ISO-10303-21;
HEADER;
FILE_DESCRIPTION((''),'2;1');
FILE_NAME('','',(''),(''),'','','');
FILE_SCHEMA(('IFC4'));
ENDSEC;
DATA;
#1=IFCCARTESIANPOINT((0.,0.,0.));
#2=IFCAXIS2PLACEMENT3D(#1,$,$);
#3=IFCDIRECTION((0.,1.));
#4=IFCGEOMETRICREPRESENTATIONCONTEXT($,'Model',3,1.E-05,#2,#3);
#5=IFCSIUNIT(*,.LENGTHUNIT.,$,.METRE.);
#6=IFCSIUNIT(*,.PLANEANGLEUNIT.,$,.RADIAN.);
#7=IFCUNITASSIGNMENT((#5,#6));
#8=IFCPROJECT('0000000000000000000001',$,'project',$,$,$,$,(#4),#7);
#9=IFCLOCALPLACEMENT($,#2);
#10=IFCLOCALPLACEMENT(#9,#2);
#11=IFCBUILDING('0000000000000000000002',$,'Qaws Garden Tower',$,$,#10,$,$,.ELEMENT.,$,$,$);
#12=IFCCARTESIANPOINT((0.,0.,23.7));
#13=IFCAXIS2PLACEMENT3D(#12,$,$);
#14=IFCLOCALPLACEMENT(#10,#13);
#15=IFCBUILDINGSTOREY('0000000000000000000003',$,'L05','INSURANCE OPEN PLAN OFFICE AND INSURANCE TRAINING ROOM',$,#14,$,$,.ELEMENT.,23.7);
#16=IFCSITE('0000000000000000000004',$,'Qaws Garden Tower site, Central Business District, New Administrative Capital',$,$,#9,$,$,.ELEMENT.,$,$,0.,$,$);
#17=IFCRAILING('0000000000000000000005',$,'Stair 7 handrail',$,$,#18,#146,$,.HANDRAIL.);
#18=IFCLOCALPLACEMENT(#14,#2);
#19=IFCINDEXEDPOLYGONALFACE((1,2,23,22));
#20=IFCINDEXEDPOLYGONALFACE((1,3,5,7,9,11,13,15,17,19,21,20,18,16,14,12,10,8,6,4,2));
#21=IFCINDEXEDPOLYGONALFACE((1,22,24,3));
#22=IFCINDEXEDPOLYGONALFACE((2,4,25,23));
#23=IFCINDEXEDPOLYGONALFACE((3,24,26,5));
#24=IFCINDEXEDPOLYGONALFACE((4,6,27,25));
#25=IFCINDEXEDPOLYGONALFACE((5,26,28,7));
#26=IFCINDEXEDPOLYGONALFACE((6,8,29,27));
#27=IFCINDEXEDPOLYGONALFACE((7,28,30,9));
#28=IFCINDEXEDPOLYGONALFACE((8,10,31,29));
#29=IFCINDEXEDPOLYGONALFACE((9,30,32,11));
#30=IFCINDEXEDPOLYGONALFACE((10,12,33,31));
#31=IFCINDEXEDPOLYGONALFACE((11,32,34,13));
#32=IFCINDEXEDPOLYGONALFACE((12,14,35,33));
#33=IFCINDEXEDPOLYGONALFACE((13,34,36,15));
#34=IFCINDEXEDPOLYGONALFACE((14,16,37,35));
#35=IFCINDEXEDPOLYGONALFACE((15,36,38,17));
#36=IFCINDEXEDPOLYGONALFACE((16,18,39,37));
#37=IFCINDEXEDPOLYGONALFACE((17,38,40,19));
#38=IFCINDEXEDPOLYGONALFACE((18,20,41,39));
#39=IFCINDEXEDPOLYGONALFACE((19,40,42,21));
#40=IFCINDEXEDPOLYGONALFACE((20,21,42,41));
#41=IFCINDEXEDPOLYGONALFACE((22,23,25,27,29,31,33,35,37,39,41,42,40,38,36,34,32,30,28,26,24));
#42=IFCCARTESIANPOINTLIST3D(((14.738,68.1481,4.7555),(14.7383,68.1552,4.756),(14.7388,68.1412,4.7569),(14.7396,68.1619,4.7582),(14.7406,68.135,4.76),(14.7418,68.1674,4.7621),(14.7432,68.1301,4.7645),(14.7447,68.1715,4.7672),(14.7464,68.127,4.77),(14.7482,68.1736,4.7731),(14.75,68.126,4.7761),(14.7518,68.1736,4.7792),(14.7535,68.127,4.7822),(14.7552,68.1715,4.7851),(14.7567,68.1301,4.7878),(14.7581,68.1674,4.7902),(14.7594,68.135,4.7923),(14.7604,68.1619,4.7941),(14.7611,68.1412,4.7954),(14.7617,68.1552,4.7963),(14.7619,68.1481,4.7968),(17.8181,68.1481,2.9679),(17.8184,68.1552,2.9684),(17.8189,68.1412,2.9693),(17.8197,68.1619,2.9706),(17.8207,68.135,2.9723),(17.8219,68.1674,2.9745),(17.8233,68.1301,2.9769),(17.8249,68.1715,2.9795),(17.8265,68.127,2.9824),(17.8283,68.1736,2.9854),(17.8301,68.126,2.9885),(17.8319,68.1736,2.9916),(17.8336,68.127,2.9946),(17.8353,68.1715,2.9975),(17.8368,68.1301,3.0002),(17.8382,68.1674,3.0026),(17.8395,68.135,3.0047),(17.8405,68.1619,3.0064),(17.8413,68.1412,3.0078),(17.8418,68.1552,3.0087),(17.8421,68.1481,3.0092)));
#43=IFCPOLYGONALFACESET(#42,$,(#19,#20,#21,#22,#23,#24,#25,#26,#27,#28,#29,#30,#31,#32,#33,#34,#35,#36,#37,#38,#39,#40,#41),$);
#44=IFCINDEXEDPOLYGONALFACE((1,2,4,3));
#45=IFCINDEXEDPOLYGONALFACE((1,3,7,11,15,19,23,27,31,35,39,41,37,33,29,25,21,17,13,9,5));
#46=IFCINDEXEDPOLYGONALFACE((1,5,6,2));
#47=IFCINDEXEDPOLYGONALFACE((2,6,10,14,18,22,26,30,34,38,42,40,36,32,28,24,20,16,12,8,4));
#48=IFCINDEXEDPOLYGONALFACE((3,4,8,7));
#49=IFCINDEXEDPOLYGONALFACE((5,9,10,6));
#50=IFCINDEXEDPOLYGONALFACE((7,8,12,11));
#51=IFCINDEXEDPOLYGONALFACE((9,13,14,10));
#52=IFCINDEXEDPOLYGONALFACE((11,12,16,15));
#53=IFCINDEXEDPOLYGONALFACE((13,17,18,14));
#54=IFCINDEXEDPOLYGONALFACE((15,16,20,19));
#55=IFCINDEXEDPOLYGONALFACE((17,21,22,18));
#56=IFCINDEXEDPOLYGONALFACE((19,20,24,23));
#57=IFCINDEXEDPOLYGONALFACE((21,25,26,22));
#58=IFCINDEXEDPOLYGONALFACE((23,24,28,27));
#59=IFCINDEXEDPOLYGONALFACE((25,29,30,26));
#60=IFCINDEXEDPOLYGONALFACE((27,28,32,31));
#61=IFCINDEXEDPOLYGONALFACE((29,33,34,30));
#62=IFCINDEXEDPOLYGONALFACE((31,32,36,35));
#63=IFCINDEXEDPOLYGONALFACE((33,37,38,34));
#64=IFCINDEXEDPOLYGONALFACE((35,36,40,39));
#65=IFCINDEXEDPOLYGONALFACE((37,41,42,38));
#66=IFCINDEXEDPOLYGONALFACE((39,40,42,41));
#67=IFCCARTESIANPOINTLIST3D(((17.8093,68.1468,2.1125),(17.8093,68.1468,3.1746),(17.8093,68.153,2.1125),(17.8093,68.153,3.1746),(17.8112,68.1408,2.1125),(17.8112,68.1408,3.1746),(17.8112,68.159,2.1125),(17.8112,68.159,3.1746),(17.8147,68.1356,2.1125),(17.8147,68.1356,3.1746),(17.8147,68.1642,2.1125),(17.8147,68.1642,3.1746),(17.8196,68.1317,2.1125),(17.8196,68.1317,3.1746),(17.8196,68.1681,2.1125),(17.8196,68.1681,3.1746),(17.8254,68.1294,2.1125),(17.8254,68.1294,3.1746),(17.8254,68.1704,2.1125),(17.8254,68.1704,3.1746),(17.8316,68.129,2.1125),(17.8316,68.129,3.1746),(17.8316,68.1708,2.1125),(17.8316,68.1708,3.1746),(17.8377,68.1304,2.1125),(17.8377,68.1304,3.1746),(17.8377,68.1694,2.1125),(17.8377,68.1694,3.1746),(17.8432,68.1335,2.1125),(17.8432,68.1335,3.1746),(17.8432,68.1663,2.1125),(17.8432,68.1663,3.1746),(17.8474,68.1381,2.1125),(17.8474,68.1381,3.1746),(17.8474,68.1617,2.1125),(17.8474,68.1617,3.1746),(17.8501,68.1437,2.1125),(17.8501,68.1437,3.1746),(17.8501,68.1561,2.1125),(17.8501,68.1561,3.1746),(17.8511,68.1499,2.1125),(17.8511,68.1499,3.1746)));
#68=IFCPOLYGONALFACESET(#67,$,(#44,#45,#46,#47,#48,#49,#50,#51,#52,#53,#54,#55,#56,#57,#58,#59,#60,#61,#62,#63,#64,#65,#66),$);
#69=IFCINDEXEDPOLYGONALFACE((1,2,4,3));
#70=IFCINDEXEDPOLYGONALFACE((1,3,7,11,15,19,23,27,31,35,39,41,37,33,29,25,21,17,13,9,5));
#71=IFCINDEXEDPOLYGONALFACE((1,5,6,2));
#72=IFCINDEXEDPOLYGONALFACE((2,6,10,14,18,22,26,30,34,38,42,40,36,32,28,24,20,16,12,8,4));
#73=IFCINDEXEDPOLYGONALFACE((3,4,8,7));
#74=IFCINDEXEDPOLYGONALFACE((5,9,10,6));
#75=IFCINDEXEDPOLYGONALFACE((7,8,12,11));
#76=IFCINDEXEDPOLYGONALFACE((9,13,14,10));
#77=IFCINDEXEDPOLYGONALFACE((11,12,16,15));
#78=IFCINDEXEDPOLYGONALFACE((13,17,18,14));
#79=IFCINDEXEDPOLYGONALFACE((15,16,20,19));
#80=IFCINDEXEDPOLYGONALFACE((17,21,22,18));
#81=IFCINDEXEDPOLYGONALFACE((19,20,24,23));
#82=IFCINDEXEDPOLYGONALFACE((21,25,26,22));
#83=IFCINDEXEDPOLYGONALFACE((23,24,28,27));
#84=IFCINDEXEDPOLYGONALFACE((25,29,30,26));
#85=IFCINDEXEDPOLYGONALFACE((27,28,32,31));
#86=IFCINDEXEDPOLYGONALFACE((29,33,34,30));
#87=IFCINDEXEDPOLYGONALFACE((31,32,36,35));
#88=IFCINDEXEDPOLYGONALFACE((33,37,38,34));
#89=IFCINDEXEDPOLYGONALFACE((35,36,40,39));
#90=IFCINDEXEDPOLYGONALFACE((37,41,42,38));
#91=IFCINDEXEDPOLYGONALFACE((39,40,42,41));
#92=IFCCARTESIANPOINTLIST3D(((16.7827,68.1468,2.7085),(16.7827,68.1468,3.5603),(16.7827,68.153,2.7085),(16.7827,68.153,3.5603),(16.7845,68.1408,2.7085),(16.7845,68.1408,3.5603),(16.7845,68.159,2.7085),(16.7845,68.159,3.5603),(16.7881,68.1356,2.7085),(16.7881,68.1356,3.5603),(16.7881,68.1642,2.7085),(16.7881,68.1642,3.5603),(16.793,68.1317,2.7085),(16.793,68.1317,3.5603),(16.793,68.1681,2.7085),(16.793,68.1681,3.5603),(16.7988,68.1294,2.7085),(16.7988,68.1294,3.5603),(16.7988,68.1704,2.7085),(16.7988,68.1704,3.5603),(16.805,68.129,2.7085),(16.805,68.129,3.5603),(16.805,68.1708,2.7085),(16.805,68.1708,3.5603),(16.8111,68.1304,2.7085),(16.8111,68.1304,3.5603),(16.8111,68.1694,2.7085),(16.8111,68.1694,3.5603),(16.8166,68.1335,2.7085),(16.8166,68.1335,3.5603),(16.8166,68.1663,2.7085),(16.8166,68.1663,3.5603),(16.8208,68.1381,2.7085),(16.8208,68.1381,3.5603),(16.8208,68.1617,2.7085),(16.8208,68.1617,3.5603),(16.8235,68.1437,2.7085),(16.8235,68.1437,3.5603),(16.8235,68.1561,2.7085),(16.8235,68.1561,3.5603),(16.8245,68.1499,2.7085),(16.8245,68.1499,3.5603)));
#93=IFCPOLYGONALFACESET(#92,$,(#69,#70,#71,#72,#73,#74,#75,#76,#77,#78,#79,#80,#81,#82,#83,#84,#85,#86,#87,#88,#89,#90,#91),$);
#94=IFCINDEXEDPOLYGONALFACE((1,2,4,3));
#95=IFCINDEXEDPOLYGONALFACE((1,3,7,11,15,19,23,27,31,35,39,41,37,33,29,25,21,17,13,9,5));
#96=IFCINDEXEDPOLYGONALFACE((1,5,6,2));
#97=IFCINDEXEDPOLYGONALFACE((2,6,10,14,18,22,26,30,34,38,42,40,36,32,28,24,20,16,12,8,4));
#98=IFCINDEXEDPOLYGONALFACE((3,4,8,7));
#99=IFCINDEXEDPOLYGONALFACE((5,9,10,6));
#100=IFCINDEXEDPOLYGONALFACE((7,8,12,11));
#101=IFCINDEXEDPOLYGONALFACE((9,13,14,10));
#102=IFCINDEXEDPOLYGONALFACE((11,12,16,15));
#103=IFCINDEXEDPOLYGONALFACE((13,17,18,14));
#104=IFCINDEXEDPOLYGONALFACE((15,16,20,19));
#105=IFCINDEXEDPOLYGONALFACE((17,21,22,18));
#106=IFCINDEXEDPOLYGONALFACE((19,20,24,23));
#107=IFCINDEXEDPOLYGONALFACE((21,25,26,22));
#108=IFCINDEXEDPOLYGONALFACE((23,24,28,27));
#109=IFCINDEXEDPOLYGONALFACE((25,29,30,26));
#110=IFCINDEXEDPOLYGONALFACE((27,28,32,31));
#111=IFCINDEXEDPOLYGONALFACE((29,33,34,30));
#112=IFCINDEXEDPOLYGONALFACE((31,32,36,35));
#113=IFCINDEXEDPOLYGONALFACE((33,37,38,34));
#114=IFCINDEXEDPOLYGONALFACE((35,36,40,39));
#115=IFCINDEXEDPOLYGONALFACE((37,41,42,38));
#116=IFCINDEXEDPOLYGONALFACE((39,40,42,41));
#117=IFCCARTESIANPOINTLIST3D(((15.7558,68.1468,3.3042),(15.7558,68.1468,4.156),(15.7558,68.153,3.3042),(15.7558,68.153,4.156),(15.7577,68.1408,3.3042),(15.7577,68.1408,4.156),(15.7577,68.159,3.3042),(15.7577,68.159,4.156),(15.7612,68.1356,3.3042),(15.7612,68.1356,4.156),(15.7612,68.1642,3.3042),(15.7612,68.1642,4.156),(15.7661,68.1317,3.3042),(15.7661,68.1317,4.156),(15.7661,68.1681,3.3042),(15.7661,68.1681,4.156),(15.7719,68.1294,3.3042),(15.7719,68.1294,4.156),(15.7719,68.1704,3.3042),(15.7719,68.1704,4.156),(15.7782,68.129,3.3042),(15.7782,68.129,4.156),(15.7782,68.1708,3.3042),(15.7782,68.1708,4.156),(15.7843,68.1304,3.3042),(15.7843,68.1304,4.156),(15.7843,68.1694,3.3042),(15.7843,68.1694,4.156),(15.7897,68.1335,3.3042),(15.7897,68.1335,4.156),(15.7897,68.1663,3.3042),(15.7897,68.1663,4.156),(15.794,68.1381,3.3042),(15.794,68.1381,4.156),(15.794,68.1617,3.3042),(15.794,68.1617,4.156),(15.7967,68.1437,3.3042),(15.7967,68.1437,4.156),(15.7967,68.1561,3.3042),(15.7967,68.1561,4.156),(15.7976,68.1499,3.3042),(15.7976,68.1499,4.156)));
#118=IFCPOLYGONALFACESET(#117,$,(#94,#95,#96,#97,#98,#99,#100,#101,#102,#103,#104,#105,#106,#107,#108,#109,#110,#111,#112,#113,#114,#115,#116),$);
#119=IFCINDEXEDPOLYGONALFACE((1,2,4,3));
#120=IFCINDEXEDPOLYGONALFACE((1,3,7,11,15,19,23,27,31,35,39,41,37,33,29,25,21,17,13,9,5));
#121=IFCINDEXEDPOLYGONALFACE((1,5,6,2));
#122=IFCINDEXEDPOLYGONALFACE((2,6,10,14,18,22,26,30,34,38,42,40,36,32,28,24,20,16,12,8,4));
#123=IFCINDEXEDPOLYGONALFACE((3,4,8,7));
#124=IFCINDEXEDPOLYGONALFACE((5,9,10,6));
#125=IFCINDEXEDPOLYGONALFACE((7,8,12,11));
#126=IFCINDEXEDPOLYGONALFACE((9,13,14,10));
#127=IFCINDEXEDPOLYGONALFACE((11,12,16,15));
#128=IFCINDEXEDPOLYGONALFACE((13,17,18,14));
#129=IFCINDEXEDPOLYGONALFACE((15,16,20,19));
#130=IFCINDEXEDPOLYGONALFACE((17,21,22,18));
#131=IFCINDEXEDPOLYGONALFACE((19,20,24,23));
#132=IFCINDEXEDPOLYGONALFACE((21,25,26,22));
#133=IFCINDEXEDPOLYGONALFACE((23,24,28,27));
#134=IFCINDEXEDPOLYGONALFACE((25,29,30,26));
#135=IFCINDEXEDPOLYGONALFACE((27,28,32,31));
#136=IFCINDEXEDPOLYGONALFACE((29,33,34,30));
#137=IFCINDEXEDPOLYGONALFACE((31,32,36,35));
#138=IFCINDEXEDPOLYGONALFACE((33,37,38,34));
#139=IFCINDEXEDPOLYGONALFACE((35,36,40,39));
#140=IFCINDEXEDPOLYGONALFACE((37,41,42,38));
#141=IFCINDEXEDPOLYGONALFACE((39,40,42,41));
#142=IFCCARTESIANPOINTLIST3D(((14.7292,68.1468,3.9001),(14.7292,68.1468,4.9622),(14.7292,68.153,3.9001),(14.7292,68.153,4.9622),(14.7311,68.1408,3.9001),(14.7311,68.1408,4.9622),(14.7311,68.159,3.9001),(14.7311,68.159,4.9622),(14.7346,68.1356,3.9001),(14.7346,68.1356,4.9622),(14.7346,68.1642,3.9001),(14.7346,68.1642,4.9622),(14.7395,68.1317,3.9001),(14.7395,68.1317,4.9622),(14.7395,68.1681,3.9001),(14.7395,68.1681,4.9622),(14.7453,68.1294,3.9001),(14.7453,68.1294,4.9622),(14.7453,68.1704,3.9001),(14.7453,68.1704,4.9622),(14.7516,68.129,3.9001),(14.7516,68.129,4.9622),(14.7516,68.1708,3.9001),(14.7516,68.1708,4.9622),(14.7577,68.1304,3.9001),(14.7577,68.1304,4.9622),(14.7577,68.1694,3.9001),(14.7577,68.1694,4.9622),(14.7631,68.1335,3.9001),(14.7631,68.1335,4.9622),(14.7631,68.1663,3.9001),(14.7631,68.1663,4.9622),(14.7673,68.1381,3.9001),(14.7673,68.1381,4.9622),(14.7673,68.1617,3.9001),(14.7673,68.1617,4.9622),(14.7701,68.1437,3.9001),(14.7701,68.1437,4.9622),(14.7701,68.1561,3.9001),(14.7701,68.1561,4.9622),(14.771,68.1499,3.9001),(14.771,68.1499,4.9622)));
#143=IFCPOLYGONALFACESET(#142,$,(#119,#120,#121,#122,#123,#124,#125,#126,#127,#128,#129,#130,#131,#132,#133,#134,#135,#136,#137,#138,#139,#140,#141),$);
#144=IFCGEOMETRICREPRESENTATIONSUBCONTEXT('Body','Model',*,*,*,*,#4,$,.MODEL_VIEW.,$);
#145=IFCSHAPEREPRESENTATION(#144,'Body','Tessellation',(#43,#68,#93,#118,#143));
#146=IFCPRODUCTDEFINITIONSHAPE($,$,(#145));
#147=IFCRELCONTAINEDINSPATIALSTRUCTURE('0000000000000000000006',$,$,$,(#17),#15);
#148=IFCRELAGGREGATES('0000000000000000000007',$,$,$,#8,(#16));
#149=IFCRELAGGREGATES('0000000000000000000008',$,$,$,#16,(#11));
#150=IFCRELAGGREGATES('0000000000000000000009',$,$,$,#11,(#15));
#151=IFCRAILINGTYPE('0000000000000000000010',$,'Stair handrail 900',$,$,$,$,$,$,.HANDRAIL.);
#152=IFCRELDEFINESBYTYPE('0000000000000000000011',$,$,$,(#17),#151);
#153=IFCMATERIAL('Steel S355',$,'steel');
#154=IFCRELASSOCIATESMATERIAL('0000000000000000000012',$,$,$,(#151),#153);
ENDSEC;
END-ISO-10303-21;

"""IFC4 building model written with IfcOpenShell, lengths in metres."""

from ifc_helpers import new_model, si_unit, direction, frame, origin, origin_2d, place, context, subcontext, project, spatial, circle, extrude, material, type_object, element, save


model = new_model("IFC4")

# Units and contexts
model_context = context("Model", 3, precision=1e-05, world=origin(), true_north=direction((0.0, 1.0)))
body_context = subcontext(model_context, "Body", "Model", "MODEL_VIEW")
ifc_project = project(units=[si_unit("LENGTHUNIT", "METRE"), si_unit("PLANEANGLEUNIT", "RADIAN")], contexts=[model_context])

# Site, building, storey
site_placement = place(None, origin())
site = spatial("IfcSite", under=ifc_project, at=site_placement, Name="Qaws Garden Tower site, Central Business District, New Administrative Capital", CompositionType="ELEMENT", RefElevation=0.0)
building_placement = place(site_placement, origin())
building = spatial("IfcBuilding", under=site, at=building_placement, Name="Qaws Garden Tower", CompositionType="ELEMENT")
storey_placement = place(building_placement, frame((0.0, 0.0, 23.7)))
storey = spatial("IfcBuildingStorey", under=building, at=storey_placement, Name="L05", Description="INSURANCE OPEN PLAN OFFICE AND INSURANCE TRAINING ROOM", CompositionType="ELEMENT", Elevation=23.7)

# Railing
ifc_material_1 = material(Name="Steel S355", Category="steel")
railing_type = type_object("IfcRailingType", Name="Stair handrail 900", PredefinedType="HANDRAIL", material=ifc_material_1)
railing_placement = place(storey_placement, frame((17.8301, 68.1499, 2.1125)))
element("IfcRailing", 1, at=railing_placement, inside=storey, type_object=railing_type, Name="Stair 7 handrail", PredefinedType="HANDRAIL", context=body_context, shape_type="SweptSolid", body=[
    extrude(circle(Radius=0.0239, at=origin_2d()), frame((0.0, 0.0, 0.876), z_axis=(-0.864891, 0.0, 0.50196), x_axis=(0.0, -1.0, 0.0)), (0.0, 0.0, 1.0), 3.5613),
    extrude(circle(Radius=0.021, at=origin_2d()), origin(), (0.0, 0.0, 1.0), 1.062),
    extrude(circle(Radius=0.021, at=origin_2d()), frame((-1.0266, 0.0, 0.5959)), (0.0, 0.0, 1.0), 0.8518),
    extrude(circle(Radius=0.021, at=origin_2d()), frame((-2.0535, 0.0, 1.1917)), (0.0, 0.0, 1.0), 0.8518),
    extrude(circle(Radius=0.021, at=origin_2d()), frame((-3.0801, 0.0, 1.7876)), (0.0, 0.0, 1.0), 1.062),
])

save(model, "model.ifc")
